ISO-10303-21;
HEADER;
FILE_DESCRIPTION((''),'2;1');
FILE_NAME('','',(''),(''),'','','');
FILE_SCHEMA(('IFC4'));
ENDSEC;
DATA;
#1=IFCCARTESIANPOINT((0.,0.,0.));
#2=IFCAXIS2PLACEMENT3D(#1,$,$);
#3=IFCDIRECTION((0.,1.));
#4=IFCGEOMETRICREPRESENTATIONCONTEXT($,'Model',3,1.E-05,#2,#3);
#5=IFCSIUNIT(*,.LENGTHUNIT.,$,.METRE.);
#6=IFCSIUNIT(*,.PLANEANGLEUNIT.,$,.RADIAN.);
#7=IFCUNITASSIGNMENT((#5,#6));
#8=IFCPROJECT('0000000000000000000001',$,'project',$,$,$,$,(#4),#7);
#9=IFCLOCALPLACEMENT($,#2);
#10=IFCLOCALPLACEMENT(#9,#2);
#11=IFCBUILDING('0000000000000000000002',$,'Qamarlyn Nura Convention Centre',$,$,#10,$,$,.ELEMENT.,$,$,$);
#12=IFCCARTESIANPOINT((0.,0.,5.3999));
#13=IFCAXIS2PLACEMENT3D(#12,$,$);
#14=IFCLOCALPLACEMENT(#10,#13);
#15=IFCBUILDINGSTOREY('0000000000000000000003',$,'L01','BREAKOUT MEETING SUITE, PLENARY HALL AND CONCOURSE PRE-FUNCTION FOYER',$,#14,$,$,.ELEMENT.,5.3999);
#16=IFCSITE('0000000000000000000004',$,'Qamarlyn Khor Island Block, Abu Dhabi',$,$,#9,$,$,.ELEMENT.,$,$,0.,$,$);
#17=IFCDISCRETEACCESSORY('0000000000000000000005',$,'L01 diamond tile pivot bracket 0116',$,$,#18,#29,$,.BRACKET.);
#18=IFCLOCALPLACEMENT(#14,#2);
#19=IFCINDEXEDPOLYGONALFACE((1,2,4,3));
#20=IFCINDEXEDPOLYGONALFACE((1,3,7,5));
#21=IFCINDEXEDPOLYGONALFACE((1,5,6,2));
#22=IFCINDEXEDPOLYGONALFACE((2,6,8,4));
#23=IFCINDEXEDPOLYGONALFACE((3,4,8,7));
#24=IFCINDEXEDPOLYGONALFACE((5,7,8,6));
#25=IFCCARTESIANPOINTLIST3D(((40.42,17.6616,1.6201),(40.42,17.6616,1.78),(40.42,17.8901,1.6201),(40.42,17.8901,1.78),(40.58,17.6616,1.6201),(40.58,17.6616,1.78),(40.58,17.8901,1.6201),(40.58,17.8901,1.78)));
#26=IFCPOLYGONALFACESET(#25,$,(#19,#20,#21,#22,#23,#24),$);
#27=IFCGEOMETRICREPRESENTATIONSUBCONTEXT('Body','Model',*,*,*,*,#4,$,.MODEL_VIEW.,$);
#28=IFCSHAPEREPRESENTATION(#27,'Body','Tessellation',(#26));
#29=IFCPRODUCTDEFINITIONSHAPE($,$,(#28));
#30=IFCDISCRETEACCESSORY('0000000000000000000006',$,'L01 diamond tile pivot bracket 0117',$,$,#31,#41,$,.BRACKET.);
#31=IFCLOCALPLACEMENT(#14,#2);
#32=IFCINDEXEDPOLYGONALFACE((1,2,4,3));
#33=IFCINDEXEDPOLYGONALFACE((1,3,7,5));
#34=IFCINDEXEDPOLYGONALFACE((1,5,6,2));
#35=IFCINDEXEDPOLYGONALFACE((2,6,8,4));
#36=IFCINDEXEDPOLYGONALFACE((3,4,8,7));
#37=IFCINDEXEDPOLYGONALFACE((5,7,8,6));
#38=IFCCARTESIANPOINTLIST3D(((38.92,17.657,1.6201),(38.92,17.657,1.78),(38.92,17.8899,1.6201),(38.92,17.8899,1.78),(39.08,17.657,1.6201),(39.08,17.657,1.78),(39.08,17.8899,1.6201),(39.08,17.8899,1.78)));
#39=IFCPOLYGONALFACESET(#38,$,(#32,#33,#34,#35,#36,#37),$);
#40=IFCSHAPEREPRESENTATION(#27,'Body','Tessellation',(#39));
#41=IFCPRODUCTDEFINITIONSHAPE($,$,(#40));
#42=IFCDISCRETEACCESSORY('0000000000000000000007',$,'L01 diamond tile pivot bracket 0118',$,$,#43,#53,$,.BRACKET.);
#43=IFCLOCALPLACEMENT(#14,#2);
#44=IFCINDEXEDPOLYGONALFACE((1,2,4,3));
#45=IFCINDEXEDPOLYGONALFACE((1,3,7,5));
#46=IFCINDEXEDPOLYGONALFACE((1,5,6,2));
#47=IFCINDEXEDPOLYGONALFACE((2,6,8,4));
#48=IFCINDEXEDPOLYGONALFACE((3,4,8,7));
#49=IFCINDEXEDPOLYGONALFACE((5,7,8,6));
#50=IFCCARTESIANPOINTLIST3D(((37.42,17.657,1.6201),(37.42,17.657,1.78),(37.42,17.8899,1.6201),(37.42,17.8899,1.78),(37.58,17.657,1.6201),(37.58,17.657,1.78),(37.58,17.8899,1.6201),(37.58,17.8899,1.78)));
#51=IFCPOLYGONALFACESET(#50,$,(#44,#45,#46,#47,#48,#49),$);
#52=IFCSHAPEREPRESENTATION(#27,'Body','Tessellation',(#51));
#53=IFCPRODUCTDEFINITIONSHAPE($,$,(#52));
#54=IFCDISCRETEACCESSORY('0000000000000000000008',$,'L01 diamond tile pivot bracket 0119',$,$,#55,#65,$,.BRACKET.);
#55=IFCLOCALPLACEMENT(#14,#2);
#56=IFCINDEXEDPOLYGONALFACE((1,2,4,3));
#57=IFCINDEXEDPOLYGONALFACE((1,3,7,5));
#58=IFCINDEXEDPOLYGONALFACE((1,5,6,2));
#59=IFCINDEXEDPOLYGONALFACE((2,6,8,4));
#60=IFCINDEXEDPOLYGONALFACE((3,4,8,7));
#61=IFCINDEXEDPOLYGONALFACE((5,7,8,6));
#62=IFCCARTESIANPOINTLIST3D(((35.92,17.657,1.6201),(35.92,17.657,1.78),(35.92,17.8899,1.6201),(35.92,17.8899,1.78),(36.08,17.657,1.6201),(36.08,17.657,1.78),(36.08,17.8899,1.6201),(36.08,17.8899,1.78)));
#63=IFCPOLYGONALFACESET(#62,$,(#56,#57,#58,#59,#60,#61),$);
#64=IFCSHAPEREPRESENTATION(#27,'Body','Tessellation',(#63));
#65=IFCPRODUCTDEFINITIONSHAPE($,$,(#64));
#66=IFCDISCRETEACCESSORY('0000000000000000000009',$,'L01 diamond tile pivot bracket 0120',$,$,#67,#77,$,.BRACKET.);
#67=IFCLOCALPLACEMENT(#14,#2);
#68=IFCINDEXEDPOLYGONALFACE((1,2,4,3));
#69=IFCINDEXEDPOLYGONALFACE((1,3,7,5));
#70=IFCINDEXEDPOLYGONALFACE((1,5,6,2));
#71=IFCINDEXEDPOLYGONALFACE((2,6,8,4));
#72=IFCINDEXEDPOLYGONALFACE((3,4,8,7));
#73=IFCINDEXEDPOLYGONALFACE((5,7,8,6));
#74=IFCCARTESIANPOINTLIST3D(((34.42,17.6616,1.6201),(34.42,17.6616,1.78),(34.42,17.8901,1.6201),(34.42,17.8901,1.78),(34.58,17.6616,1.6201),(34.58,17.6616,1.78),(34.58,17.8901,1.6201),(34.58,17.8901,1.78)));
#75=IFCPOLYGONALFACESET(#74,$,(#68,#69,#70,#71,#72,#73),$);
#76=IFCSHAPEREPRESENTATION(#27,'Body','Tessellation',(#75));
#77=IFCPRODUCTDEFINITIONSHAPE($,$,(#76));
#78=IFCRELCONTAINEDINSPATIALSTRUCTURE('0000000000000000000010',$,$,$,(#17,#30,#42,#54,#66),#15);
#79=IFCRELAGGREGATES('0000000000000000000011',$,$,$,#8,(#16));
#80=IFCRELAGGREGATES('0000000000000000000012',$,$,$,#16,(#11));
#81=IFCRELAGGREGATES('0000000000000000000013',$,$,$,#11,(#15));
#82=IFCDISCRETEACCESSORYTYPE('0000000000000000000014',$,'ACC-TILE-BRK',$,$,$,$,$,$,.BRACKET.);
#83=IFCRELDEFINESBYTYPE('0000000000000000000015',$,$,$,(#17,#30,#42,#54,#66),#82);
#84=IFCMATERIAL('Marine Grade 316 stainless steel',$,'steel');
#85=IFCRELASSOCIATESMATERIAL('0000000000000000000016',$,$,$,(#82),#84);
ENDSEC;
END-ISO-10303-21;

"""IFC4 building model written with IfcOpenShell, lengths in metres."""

from ifc_helpers import new_model, si_unit, direction, frame, origin, origin_2d, place, context, subcontext, project, spatial, rectangle, extrude, material, type_object, element, save


model = new_model("IFC4")

# Units and contexts
model_context = context("Model", 3, precision=1e-05, world=origin(), true_north=direction((0.0, 1.0)))
body_context = subcontext(model_context, "Body", "Model", "MODEL_VIEW")
ifc_project = project(units=[si_unit("LENGTHUNIT", "METRE"), si_unit("PLANEANGLEUNIT", "RADIAN")], contexts=[model_context])

# Site, building, storey
site_placement = place(None, origin())
site = spatial("IfcSite", under=ifc_project, at=site_placement, Name="Qamarlyn Khor Island Block, Abu Dhabi", CompositionType="ELEMENT", RefElevation=0.0)
building_placement = place(site_placement, origin())
building = spatial("IfcBuilding", under=site, at=building_placement, Name="Qamarlyn Nura Convention Centre", CompositionType="ELEMENT")
storey_placement = place(building_placement, frame((0.0, 0.0, 5.3999)))
storey = spatial("IfcBuildingStorey", under=building, at=storey_placement, Name="L01", Description="BREAKOUT MEETING SUITE, PLENARY HALL AND CONCOURSE PRE-FUNCTION FOYER", CompositionType="ELEMENT", Elevation=5.3999)

# Discrete accessories
ifc_material_1 = material(Name="Marine Grade 316 stainless steel", Category="steel")
discrete_accessory_type = type_object("IfcDiscreteAccessoryType", Name="ACC-TILE-BRK", PredefinedType="BRACKET", material=ifc_material_1)
for number, where, z_axis, x_axis, name in (
    (1, (40.5, 17.7759, 1.6201), (0.0, 0.0, 1.0), (0.0, -1.0, 0.0), "L01 diamond tile pivot bracket 0116"),
):
    element("IfcDiscreteAccessory", number, at=place(storey_placement, frame(where, z_axis=z_axis, x_axis=x_axis)), inside=storey, type_object=discrete_accessory_type, Name=name, PredefinedType="BRACKET", context=body_context, shape_type="SweptSolid", body=[
        extrude(rectangle(XDim=0.2285, YDim=0.1599, at=origin_2d()), origin(), (0.0, 0.0, 1.0), 0.1599),
    ])
for number, where, z_axis, x_axis, name in (
    (2, (39.0, 17.7734, 1.6201), (0.0, 0.0, 1.0), (0.0, -1.0, 0.0), "L01 diamond tile pivot bracket 0117"),
    (3, (37.5, 17.7734, 1.6201), (0.0, 0.0, 1.0), (0.0, -1.0, 0.0), "L01 diamond tile pivot bracket 0118"),
    (4, (36.0, 17.7734, 1.6201), (0.0, 0.0, 1.0), (0.0, -1.0, 0.0), "L01 diamond tile pivot bracket 0119"),
):
    element("IfcDiscreteAccessory", number, at=place(storey_placement, frame(where, z_axis=z_axis, x_axis=x_axis)), inside=storey, type_object=discrete_accessory_type, Name=name, PredefinedType="BRACKET", context=body_context, shape_type="SweptSolid", body=[
        extrude(rectangle(XDim=0.2329, YDim=0.1599, at=origin_2d()), origin(), (0.0, 0.0, 1.0), 0.1599),
    ])
discrete_accessory_1_placement = place(storey_placement, frame((34.5, 17.7759, 1.6201), z_axis=(0.0, 0.0, 1.0), x_axis=(0.0, -1.0, 0.0)))
element("IfcDiscreteAccessory", 5, at=discrete_accessory_1_placement, inside=storey, type_object=discrete_accessory_type, Name="L01 diamond tile pivot bracket 0120", PredefinedType="BRACKET", context=body_context, shape_type="SweptSolid", body=[
    extrude(rectangle(XDim=0.2285, YDim=0.1599, at=origin_2d()), origin(), (0.0, 0.0, 1.0), 0.1599),
])

save(model, "model.ifc")
